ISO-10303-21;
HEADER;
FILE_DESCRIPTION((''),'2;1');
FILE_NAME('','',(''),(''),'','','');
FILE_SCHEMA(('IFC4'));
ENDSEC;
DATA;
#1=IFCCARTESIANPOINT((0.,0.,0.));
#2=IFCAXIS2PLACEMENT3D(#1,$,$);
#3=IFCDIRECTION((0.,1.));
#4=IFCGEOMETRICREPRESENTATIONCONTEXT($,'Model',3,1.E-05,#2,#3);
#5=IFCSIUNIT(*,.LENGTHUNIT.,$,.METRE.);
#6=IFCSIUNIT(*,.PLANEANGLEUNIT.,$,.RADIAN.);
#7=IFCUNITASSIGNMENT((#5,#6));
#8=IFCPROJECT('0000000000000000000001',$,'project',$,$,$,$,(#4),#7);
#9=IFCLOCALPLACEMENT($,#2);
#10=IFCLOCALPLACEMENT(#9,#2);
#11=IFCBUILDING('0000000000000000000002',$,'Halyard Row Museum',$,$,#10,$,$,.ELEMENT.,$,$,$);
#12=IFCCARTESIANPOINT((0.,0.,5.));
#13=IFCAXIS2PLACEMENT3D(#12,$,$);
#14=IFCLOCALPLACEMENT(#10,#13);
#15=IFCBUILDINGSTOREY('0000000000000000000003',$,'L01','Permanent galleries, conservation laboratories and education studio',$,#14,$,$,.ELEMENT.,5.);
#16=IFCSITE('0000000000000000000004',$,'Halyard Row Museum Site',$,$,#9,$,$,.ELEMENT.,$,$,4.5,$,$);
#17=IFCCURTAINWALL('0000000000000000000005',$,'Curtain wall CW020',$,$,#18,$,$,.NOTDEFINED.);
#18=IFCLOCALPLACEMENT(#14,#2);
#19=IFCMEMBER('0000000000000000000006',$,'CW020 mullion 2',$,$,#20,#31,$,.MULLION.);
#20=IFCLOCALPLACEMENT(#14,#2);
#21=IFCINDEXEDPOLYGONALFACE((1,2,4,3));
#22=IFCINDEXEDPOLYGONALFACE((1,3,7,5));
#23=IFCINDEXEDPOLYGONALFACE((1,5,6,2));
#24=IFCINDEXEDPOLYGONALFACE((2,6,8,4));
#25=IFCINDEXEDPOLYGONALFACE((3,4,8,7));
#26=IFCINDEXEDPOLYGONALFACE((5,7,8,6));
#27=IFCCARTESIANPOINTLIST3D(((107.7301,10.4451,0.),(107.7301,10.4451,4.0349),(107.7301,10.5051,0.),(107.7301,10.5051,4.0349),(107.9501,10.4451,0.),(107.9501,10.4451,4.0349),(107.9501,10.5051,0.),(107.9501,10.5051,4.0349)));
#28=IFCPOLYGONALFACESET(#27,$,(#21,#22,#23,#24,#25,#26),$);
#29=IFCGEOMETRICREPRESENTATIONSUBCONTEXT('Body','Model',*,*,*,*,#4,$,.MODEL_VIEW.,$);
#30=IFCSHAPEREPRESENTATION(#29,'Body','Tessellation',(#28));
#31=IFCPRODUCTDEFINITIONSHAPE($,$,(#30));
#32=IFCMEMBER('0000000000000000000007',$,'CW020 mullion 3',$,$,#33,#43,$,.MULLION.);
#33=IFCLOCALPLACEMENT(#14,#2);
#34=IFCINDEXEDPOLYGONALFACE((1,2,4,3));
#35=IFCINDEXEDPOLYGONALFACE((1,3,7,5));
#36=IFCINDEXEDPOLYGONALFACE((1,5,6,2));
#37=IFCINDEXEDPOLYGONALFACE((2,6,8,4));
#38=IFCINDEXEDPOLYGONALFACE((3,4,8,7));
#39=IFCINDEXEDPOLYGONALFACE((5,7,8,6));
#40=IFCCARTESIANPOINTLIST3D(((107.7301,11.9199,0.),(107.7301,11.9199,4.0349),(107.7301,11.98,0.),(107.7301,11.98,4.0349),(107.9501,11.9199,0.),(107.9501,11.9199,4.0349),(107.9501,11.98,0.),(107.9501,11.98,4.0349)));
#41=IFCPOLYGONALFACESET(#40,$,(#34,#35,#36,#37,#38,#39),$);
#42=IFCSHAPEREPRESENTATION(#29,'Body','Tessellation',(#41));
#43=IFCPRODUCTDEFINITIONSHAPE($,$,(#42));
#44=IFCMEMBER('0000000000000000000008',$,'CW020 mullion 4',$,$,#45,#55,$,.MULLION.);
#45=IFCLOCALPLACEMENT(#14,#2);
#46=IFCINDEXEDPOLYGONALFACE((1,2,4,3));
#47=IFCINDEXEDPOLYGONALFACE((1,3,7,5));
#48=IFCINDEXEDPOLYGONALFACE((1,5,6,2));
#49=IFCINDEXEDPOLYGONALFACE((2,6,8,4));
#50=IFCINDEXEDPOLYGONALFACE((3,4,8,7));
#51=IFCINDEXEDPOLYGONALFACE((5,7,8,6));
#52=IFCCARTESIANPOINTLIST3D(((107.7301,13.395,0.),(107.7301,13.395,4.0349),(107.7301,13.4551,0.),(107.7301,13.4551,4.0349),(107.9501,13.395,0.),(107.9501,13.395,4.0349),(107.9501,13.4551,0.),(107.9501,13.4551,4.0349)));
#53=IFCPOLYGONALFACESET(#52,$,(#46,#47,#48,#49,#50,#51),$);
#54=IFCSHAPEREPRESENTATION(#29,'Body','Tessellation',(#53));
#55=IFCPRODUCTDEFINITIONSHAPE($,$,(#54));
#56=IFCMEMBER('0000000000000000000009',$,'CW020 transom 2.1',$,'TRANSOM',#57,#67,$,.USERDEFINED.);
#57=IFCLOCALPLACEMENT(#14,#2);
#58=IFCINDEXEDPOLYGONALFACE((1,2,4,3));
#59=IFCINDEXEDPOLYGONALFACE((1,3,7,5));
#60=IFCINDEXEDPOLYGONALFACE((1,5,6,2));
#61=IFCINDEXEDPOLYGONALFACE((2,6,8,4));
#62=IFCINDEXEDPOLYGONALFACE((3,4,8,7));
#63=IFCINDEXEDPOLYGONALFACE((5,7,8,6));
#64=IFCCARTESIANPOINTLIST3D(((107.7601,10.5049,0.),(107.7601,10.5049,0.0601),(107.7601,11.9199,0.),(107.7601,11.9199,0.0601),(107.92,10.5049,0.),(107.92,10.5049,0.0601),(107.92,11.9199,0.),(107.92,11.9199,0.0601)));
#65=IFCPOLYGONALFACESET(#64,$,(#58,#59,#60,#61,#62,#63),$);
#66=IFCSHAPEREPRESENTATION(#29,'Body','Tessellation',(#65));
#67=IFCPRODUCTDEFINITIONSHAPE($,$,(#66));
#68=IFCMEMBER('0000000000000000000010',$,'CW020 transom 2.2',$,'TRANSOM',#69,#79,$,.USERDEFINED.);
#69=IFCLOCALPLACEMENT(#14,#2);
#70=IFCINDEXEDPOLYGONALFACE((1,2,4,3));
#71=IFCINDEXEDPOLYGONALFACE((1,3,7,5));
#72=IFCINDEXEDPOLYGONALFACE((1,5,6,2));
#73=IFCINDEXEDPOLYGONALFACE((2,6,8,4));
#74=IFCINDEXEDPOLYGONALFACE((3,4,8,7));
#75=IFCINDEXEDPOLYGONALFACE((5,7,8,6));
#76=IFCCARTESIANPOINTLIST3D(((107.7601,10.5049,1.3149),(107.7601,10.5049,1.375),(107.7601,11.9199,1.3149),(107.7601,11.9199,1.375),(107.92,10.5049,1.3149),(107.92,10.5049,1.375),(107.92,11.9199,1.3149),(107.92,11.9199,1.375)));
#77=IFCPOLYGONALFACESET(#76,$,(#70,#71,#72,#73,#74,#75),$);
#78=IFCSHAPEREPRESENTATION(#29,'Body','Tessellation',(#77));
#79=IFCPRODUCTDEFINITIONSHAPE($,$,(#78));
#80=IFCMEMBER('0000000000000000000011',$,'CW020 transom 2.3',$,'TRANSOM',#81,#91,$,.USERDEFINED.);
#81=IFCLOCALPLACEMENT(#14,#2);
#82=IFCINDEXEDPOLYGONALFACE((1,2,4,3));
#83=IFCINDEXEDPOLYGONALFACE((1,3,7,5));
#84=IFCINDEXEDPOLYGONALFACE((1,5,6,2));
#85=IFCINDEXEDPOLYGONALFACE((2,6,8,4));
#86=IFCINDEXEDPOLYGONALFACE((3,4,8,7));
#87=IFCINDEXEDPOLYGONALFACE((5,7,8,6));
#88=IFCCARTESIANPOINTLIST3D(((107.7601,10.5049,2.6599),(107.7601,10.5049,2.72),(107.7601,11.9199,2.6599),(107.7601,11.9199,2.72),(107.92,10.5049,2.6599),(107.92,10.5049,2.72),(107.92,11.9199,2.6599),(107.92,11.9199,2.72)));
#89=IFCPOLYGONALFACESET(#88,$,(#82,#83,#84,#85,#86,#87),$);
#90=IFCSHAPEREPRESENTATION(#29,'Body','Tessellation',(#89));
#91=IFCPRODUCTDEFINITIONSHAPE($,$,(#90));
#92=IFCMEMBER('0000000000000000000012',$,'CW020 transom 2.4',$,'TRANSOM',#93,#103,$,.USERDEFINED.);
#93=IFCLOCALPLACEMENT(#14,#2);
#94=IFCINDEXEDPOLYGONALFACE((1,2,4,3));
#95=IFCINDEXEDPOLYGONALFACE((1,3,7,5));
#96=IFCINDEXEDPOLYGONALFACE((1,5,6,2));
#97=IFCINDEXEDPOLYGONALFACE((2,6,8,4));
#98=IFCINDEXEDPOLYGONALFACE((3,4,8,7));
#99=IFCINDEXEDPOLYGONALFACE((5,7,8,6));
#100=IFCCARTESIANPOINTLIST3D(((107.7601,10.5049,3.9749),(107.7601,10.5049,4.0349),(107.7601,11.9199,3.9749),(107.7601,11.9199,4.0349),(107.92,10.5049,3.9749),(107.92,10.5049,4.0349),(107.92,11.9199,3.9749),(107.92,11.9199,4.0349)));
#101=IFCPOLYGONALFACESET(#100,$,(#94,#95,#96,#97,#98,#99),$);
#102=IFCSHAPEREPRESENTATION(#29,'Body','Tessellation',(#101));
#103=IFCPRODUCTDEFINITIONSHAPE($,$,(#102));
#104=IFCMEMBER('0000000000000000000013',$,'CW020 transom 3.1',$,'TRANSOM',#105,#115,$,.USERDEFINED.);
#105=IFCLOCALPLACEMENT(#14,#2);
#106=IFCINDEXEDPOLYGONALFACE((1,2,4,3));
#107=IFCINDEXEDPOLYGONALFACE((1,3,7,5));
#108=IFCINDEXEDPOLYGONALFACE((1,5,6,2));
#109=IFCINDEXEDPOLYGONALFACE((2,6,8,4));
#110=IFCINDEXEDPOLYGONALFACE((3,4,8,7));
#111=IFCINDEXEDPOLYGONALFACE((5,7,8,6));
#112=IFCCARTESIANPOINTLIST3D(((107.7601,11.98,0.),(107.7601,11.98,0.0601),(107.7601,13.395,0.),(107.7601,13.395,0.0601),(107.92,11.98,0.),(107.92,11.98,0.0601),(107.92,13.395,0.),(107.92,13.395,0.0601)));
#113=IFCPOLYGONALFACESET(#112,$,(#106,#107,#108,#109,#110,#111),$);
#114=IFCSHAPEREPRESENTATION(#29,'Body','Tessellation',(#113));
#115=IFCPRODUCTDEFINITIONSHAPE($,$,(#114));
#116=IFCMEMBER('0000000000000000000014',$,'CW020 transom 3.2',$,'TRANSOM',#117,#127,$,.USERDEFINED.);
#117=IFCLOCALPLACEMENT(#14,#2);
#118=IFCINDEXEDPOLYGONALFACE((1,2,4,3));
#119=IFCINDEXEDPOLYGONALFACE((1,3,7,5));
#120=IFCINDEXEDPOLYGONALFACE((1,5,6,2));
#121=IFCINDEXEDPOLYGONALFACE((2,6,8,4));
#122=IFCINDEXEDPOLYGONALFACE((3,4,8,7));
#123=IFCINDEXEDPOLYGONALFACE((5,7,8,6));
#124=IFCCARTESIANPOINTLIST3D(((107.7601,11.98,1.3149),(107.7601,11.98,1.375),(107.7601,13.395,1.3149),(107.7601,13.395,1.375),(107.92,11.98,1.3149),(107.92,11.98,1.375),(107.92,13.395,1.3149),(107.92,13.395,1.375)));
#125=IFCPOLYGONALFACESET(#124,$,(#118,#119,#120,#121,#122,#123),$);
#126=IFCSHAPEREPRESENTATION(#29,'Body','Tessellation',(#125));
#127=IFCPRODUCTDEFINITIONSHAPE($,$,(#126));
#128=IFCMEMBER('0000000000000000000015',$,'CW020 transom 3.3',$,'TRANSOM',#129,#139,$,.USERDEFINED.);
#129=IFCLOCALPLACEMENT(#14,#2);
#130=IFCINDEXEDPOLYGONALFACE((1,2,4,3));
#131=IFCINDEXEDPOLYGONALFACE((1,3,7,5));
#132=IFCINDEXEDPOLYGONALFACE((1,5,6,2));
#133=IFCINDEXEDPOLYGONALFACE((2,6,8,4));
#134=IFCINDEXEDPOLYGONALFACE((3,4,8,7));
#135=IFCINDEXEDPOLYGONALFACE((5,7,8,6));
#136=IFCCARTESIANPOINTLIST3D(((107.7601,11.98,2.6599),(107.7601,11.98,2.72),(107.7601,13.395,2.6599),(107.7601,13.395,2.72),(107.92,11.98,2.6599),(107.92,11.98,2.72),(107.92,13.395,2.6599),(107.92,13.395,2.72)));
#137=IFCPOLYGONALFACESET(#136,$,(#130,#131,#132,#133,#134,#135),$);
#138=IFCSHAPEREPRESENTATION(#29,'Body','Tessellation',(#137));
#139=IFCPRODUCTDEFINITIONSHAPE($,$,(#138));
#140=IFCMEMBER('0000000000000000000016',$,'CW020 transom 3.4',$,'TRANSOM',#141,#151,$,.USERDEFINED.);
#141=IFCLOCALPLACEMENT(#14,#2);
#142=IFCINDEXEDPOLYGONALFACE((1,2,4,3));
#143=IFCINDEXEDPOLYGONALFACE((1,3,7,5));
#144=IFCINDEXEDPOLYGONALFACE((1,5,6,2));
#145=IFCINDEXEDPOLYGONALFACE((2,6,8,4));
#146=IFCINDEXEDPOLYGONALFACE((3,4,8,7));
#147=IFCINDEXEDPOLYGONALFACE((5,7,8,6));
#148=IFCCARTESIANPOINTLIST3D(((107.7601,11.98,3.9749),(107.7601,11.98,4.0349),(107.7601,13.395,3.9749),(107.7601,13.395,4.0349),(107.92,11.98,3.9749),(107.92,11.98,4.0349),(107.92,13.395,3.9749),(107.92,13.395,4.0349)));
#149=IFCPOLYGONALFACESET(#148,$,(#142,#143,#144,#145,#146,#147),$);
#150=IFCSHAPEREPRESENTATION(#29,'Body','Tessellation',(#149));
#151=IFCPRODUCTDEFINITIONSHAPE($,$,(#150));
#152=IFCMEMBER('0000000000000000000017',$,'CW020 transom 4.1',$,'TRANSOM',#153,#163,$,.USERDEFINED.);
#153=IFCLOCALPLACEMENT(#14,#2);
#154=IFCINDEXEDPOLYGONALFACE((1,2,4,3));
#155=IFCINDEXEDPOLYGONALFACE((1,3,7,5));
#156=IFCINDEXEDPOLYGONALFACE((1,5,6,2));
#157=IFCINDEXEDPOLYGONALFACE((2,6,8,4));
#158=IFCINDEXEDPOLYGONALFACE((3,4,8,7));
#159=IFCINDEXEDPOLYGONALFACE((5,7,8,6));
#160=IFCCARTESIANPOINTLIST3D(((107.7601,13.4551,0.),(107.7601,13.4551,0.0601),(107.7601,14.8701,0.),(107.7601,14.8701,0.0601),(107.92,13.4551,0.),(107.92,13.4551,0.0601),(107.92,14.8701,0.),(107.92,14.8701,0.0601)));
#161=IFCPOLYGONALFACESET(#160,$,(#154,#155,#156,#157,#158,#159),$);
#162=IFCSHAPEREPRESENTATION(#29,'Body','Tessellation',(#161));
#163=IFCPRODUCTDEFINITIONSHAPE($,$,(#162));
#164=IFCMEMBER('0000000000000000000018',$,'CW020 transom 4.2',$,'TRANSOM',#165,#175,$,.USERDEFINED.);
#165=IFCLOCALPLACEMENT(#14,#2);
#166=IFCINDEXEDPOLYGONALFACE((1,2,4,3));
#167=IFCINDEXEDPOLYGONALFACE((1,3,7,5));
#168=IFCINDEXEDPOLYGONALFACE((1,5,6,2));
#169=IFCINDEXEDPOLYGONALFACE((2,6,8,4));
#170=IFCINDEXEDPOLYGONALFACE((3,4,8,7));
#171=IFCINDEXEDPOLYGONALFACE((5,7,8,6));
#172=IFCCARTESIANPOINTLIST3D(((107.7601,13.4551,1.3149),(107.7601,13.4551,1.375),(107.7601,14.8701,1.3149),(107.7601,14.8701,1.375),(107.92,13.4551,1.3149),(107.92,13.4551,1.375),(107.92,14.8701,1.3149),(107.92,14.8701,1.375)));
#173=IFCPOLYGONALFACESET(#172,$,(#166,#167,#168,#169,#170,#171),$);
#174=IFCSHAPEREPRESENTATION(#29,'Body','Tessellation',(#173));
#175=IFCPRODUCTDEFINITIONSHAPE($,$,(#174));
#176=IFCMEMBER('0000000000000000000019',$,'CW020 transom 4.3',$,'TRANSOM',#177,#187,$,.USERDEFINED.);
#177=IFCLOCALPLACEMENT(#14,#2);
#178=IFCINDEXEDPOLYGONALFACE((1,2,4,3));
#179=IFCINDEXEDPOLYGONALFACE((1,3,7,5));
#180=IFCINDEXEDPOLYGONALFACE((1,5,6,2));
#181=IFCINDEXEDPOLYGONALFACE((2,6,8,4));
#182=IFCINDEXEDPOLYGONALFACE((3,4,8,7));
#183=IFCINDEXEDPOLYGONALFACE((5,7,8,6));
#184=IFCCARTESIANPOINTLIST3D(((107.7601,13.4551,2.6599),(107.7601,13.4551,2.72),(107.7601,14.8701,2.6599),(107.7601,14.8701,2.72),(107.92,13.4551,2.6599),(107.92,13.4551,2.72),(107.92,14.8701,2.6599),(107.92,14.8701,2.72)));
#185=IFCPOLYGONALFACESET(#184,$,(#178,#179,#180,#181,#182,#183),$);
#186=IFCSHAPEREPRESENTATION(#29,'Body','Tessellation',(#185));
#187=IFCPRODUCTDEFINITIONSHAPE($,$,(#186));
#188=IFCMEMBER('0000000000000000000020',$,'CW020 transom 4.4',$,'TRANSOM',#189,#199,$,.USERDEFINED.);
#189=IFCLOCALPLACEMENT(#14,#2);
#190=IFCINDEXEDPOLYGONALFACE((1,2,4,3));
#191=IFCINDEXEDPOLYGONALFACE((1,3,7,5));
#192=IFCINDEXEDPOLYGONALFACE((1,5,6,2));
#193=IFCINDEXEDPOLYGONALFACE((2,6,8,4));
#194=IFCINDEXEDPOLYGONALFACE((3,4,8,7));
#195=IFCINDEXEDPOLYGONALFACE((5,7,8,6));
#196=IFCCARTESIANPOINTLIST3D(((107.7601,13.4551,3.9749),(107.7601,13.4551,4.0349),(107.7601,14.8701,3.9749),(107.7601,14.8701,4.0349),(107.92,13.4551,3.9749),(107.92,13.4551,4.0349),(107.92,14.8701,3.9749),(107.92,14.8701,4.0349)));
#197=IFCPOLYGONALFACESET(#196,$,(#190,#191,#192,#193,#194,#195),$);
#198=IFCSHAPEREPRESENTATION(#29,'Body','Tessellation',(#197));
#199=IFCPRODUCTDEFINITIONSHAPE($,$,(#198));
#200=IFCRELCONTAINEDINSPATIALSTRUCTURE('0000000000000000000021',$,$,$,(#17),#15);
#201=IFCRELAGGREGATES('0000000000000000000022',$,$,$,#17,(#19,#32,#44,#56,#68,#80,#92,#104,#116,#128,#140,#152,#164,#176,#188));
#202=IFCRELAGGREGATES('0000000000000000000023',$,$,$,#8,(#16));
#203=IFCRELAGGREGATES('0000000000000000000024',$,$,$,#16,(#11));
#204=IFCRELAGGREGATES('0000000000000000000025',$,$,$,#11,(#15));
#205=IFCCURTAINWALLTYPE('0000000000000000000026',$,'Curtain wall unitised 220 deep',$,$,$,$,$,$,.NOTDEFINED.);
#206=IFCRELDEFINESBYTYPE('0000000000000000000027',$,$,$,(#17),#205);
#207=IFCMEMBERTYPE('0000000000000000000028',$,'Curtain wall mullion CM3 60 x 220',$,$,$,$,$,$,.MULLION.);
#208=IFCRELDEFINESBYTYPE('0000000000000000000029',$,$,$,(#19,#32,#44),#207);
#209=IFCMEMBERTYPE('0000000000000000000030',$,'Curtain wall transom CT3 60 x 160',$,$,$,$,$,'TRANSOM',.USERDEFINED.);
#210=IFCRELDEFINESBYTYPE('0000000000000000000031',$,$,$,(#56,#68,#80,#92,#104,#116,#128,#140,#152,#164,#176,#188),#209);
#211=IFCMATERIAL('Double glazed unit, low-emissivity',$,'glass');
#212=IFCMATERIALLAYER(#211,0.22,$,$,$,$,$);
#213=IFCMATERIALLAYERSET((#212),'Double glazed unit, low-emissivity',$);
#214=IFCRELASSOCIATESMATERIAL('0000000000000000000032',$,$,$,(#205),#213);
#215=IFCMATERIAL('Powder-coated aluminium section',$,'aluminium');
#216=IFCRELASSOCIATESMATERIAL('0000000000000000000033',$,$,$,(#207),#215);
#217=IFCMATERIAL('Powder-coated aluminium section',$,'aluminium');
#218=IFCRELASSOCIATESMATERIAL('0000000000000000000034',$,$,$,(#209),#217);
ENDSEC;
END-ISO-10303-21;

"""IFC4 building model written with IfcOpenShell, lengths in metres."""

from ifc_helpers import new_model, si_unit, direction, frame, origin, origin_2d, place, context, subcontext, project, spatial, rectangle, extrude, material, layer, layer_set, material_profile, profile_set, type_object, element, aggregate, save


model = new_model("IFC4")

# Units and contexts
model_context = context("Model", 3, precision=1e-05, world=origin(), true_north=direction((0.0, 1.0)))
body_context = subcontext(model_context, "Body", "Model", "MODEL_VIEW")
ifc_project = project(units=[si_unit("LENGTHUNIT", "METRE"), si_unit("PLANEANGLEUNIT", "RADIAN")], contexts=[model_context])

# Site, building, storey
site_placement = place(None, origin())
site = spatial("IfcSite", under=ifc_project, at=site_placement, Name="Halyard Row Museum Site", CompositionType="ELEMENT", RefElevation=4.5)
building_placement = place(site_placement, origin())
building = spatial("IfcBuilding", under=site, at=building_placement, Name="Halyard Row Museum", CompositionType="ELEMENT")
storey_placement = place(building_placement, frame((0.0, 0.0, 5.0)))
storey = spatial("IfcBuildingStorey", under=building, at=storey_placement, Name="L01", Description="Permanent galleries, conservation laboratories and education studio", CompositionType="ELEMENT", Elevation=5.0)

# Curtain wall, members
ifc_material_1 = material(Name="Double glazed unit, low-emissivity", Category="glass")
ifc_layer_1 = layer(ifc_material_1, 0.22)
ifc_layer_set_1 = layer_set([ifc_layer_1], Name="Double glazed unit, low-emissivity")
curtain_wall_type = type_object("IfcCurtainWallType", Name="Curtain wall unitised 220 deep", PredefinedType="NOTDEFINED", material=ifc_layer_set_1)
curtain_wall_placement = place(storey_placement, origin())
curtain_wall = element("IfcCurtainWall", 1, at=curtain_wall_placement, inside=storey, type_object=curtain_wall_type, Name="Curtain wall CW020", PredefinedType="NOTDEFINED")
ifc_material_2 = material(Name="Powder-coated aluminium section", Category="aluminium")
ifc_material_profile_1 = material_profile(ifc_material_2, rectangle(XDim=0.22, YDim=0.0601, at=origin_2d()), Name="220x60 mullion")
ifc_profile_set_1 = profile_set([ifc_material_profile_1], Name="Powder-coated aluminium section")
member_type_1 = type_object("IfcMemberType", Name="Curtain wall mullion CM3 60 x 220", PredefinedType="MULLION", material=ifc_profile_set_1)
member_1_placement = place(storey_placement, frame((107.8401, 10.4751, 0.0), z_axis=(0.0, 0.0, 1.0), x_axis=(-1.0, 0.0, 0.0)))
member_1 = element("IfcMember", 2, at=member_1_placement, type_object=member_type_1, Name="CW020 mullion 2", PredefinedType="MULLION", context=body_context, shape_type="SweptSolid", body=[
    extrude(rectangle(XDim=0.22, YDim=0.0601, at=origin_2d()), origin(), (0.0, 0.0, 1.0), 4.0349),
])
member_2_placement = place(storey_placement, frame((107.8401, 11.95, 0.0), z_axis=(0.0, 0.0, 1.0), x_axis=(-1.0, 0.0, 0.0)))
member_2 = element("IfcMember", 3, at=member_2_placement, type_object=member_type_1, Name="CW020 mullion 3", PredefinedType="MULLION", context=body_context, shape_type="SweptSolid", body=[
    extrude(rectangle(XDim=0.22, YDim=0.0601, at=origin_2d()), origin(), (0.0, 0.0, 1.0), 4.0349),
])
member_3_placement = place(storey_placement, frame((107.8401, 13.425, 0.0), z_axis=(0.0, 0.0, 1.0), x_axis=(-1.0, 0.0, 0.0)))
member_3 = element("IfcMember", 4, at=member_3_placement, type_object=member_type_1, Name="CW020 mullion 4", PredefinedType="MULLION", context=body_context, shape_type="SweptSolid", body=[
    extrude(rectangle(XDim=0.22, YDim=0.0601, at=origin_2d()), origin(), (0.0, 0.0, 1.0), 4.0349),
])
ifc_material_3 = material(Name="Powder-coated aluminium section", Category="aluminium")
ifc_material_profile_2 = material_profile(ifc_material_3, rectangle(XDim=0.1599, YDim=0.0601, at=origin_2d()), Name="160x60 transom")
ifc_profile_set_2 = profile_set([ifc_material_profile_2], Name="Powder-coated aluminium section")
member_type_2 = type_object("IfcMemberType", Name="Curtain wall transom CT3 60 x 160", ElementType="TRANSOM", PredefinedType="USERDEFINED", material=ifc_profile_set_2)
member_4_placement = place(storey_placement, frame((107.8401, 10.5049, 0.03), z_axis=(0.0, 1.0, 0.0), x_axis=(-1.0, 0.0, 0.0)))
member_4 = element("IfcMember", 5, at=member_4_placement, type_object=member_type_2, Name="CW020 transom 2.1", ObjectType="TRANSOM", PredefinedType="USERDEFINED", context=body_context, shape_type="SweptSolid", body=[
    extrude(rectangle(XDim=0.1599, YDim=0.0601, at=origin_2d()), origin(), (0.0, 0.0, 1.0), 1.415),
])
member_5_placement = place(storey_placement, frame((107.8401, 10.5049, 1.345), z_axis=(0.0, 1.0, 0.0), x_axis=(-1.0, 0.0, 0.0)))
member_5 = element("IfcMember", 6, at=member_5_placement, type_object=member_type_2, Name="CW020 transom 2.2", ObjectType="TRANSOM", PredefinedType="USERDEFINED", context=body_context, shape_type="SweptSolid", body=[
    extrude(rectangle(XDim=0.1599, YDim=0.0601, at=origin_2d()), origin(), (0.0, 0.0, 1.0), 1.415),
])
member_6_placement = place(storey_placement, frame((107.8401, 10.5049, 2.6899), z_axis=(0.0, 1.0, 0.0), x_axis=(-1.0, 0.0, 0.0)))
member_6 = element("IfcMember", 7, at=member_6_placement, type_object=member_type_2, Name="CW020 transom 2.3", ObjectType="TRANSOM", PredefinedType="USERDEFINED", context=body_context, shape_type="SweptSolid", body=[
    extrude(rectangle(XDim=0.1599, YDim=0.0601, at=origin_2d()), origin(), (0.0, 0.0, 1.0), 1.415),
])
member_7_placement = place(storey_placement, frame((107.8401, 10.5049, 4.0049), z_axis=(0.0, 1.0, 0.0), x_axis=(-1.0, 0.0, 0.0)))
member_7 = element("IfcMember", 8, at=member_7_placement, type_object=member_type_2, Name="CW020 transom 2.4", ObjectType="TRANSOM", PredefinedType="USERDEFINED", context=body_context, shape_type="SweptSolid", body=[
    extrude(rectangle(XDim=0.1599, YDim=0.0601, at=origin_2d()), origin(), (0.0, 0.0, 1.0), 1.415),
])
member_8_placement = place(storey_placement, frame((107.8401, 11.98, 0.03), z_axis=(0.0, 1.0, 0.0), x_axis=(-1.0, 0.0, 0.0)))
member_8 = element("IfcMember", 9, at=member_8_placement, type_object=member_type_2, Name="CW020 transom 3.1", ObjectType="TRANSOM", PredefinedType="USERDEFINED", context=body_context, shape_type="SweptSolid", body=[
    extrude(rectangle(XDim=0.1599, YDim=0.0601, at=origin_2d()), origin(), (0.0, 0.0, 1.0), 1.415),
])
member_9_placement = place(storey_placement, frame((107.8401, 11.98, 1.345), z_axis=(0.0, 1.0, 0.0), x_axis=(-1.0, 0.0, 0.0)))
member_9 = element("IfcMember", 10, at=member_9_placement, type_object=member_type_2, Name="CW020 transom 3.2", ObjectType="TRANSOM", PredefinedType="USERDEFINED", context=body_context, shape_type="SweptSolid", body=[
    extrude(rectangle(XDim=0.1599, YDim=0.0601, at=origin_2d()), origin(), (0.0, 0.0, 1.0), 1.415),
])
member_10_placement = place(storey_placement, frame((107.8401, 11.98, 2.6899), z_axis=(0.0, 1.0, 0.0), x_axis=(-1.0, 0.0, 0.0)))
member_10 = element("IfcMember", 11, at=member_10_placement, type_object=member_type_2, Name="CW020 transom 3.3", ObjectType="TRANSOM", PredefinedType="USERDEFINED", context=body_context, shape_type="SweptSolid", body=[
    extrude(rectangle(XDim=0.1599, YDim=0.0601, at=origin_2d()), origin(), (0.0, 0.0, 1.0), 1.415),
])
member_11_placement = place(storey_placement, frame((107.8401, 11.98, 4.0049), z_axis=(0.0, 1.0, 0.0), x_axis=(-1.0, 0.0, 0.0)))
member_11 = element("IfcMember", 12, at=member_11_placement, type_object=member_type_2, Name="CW020 transom 3.4", ObjectType="TRANSOM", PredefinedType="USERDEFINED", context=body_context, shape_type="SweptSolid", body=[
    extrude(rectangle(XDim=0.1599, YDim=0.0601, at=origin_2d()), origin(), (0.0, 0.0, 1.0), 1.415),
])
member_12_placement = place(storey_placement, frame((107.8401, 13.4551, 0.03), z_axis=(0.0, 1.0, 0.0), x_axis=(-1.0, 0.0, 0.0)))
member_12 = element("IfcMember", 13, at=member_12_placement, type_object=member_type_2, Name="CW020 transom 4.1", ObjectType="TRANSOM", PredefinedType="USERDEFINED", context=body_context, shape_type="SweptSolid", body=[
    extrude(rectangle(XDim=0.1599, YDim=0.0601, at=origin_2d()), origin(), (0.0, 0.0, 1.0), 1.415),
])
member_13_placement = place(storey_placement, frame((107.8401, 13.4551, 1.345), z_axis=(0.0, 1.0, 0.0), x_axis=(-1.0, 0.0, 0.0)))
member_13 = element("IfcMember", 14, at=member_13_placement, type_object=member_type_2, Name="CW020 transom 4.2", ObjectType="TRANSOM", PredefinedType="USERDEFINED", context=body_context, shape_type="SweptSolid", body=[
    extrude(rectangle(XDim=0.1599, YDim=0.0601, at=origin_2d()), origin(), (0.0, 0.0, 1.0), 1.415),
])
member_14_placement = place(storey_placement, frame((107.8401, 13.4551, 2.6899), z_axis=(0.0, 1.0, 0.0), x_axis=(-1.0, 0.0, 0.0)))
member_14 = element("IfcMember", 15, at=member_14_placement, type_object=member_type_2, Name="CW020 transom 4.3", ObjectType="TRANSOM", PredefinedType="USERDEFINED", context=body_context, shape_type="SweptSolid", body=[
    extrude(rectangle(XDim=0.1599, YDim=0.0601, at=origin_2d()), origin(), (0.0, 0.0, 1.0), 1.415),
])
member_15_placement = place(storey_placement, frame((107.8401, 13.4551, 4.0049), z_axis=(0.0, 1.0, 0.0), x_axis=(-1.0, 0.0, 0.0)))
member_15 = element("IfcMember", 16, at=member_15_placement, type_object=member_type_2, Name="CW020 transom 4.4", ObjectType="TRANSOM", PredefinedType="USERDEFINED", context=body_context, shape_type="SweptSolid", body=[
    extrude(rectangle(XDim=0.1599, YDim=0.0601, at=origin_2d()), origin(), (0.0, 0.0, 1.0), 1.415),
])
aggregate(curtain_wall, [member_1, member_2, member_3, member_4, member_5, member_6, member_7, member_8, member_9, member_10, member_11, member_12, member_13, member_14, member_15])

save(model, "model.ifc")
